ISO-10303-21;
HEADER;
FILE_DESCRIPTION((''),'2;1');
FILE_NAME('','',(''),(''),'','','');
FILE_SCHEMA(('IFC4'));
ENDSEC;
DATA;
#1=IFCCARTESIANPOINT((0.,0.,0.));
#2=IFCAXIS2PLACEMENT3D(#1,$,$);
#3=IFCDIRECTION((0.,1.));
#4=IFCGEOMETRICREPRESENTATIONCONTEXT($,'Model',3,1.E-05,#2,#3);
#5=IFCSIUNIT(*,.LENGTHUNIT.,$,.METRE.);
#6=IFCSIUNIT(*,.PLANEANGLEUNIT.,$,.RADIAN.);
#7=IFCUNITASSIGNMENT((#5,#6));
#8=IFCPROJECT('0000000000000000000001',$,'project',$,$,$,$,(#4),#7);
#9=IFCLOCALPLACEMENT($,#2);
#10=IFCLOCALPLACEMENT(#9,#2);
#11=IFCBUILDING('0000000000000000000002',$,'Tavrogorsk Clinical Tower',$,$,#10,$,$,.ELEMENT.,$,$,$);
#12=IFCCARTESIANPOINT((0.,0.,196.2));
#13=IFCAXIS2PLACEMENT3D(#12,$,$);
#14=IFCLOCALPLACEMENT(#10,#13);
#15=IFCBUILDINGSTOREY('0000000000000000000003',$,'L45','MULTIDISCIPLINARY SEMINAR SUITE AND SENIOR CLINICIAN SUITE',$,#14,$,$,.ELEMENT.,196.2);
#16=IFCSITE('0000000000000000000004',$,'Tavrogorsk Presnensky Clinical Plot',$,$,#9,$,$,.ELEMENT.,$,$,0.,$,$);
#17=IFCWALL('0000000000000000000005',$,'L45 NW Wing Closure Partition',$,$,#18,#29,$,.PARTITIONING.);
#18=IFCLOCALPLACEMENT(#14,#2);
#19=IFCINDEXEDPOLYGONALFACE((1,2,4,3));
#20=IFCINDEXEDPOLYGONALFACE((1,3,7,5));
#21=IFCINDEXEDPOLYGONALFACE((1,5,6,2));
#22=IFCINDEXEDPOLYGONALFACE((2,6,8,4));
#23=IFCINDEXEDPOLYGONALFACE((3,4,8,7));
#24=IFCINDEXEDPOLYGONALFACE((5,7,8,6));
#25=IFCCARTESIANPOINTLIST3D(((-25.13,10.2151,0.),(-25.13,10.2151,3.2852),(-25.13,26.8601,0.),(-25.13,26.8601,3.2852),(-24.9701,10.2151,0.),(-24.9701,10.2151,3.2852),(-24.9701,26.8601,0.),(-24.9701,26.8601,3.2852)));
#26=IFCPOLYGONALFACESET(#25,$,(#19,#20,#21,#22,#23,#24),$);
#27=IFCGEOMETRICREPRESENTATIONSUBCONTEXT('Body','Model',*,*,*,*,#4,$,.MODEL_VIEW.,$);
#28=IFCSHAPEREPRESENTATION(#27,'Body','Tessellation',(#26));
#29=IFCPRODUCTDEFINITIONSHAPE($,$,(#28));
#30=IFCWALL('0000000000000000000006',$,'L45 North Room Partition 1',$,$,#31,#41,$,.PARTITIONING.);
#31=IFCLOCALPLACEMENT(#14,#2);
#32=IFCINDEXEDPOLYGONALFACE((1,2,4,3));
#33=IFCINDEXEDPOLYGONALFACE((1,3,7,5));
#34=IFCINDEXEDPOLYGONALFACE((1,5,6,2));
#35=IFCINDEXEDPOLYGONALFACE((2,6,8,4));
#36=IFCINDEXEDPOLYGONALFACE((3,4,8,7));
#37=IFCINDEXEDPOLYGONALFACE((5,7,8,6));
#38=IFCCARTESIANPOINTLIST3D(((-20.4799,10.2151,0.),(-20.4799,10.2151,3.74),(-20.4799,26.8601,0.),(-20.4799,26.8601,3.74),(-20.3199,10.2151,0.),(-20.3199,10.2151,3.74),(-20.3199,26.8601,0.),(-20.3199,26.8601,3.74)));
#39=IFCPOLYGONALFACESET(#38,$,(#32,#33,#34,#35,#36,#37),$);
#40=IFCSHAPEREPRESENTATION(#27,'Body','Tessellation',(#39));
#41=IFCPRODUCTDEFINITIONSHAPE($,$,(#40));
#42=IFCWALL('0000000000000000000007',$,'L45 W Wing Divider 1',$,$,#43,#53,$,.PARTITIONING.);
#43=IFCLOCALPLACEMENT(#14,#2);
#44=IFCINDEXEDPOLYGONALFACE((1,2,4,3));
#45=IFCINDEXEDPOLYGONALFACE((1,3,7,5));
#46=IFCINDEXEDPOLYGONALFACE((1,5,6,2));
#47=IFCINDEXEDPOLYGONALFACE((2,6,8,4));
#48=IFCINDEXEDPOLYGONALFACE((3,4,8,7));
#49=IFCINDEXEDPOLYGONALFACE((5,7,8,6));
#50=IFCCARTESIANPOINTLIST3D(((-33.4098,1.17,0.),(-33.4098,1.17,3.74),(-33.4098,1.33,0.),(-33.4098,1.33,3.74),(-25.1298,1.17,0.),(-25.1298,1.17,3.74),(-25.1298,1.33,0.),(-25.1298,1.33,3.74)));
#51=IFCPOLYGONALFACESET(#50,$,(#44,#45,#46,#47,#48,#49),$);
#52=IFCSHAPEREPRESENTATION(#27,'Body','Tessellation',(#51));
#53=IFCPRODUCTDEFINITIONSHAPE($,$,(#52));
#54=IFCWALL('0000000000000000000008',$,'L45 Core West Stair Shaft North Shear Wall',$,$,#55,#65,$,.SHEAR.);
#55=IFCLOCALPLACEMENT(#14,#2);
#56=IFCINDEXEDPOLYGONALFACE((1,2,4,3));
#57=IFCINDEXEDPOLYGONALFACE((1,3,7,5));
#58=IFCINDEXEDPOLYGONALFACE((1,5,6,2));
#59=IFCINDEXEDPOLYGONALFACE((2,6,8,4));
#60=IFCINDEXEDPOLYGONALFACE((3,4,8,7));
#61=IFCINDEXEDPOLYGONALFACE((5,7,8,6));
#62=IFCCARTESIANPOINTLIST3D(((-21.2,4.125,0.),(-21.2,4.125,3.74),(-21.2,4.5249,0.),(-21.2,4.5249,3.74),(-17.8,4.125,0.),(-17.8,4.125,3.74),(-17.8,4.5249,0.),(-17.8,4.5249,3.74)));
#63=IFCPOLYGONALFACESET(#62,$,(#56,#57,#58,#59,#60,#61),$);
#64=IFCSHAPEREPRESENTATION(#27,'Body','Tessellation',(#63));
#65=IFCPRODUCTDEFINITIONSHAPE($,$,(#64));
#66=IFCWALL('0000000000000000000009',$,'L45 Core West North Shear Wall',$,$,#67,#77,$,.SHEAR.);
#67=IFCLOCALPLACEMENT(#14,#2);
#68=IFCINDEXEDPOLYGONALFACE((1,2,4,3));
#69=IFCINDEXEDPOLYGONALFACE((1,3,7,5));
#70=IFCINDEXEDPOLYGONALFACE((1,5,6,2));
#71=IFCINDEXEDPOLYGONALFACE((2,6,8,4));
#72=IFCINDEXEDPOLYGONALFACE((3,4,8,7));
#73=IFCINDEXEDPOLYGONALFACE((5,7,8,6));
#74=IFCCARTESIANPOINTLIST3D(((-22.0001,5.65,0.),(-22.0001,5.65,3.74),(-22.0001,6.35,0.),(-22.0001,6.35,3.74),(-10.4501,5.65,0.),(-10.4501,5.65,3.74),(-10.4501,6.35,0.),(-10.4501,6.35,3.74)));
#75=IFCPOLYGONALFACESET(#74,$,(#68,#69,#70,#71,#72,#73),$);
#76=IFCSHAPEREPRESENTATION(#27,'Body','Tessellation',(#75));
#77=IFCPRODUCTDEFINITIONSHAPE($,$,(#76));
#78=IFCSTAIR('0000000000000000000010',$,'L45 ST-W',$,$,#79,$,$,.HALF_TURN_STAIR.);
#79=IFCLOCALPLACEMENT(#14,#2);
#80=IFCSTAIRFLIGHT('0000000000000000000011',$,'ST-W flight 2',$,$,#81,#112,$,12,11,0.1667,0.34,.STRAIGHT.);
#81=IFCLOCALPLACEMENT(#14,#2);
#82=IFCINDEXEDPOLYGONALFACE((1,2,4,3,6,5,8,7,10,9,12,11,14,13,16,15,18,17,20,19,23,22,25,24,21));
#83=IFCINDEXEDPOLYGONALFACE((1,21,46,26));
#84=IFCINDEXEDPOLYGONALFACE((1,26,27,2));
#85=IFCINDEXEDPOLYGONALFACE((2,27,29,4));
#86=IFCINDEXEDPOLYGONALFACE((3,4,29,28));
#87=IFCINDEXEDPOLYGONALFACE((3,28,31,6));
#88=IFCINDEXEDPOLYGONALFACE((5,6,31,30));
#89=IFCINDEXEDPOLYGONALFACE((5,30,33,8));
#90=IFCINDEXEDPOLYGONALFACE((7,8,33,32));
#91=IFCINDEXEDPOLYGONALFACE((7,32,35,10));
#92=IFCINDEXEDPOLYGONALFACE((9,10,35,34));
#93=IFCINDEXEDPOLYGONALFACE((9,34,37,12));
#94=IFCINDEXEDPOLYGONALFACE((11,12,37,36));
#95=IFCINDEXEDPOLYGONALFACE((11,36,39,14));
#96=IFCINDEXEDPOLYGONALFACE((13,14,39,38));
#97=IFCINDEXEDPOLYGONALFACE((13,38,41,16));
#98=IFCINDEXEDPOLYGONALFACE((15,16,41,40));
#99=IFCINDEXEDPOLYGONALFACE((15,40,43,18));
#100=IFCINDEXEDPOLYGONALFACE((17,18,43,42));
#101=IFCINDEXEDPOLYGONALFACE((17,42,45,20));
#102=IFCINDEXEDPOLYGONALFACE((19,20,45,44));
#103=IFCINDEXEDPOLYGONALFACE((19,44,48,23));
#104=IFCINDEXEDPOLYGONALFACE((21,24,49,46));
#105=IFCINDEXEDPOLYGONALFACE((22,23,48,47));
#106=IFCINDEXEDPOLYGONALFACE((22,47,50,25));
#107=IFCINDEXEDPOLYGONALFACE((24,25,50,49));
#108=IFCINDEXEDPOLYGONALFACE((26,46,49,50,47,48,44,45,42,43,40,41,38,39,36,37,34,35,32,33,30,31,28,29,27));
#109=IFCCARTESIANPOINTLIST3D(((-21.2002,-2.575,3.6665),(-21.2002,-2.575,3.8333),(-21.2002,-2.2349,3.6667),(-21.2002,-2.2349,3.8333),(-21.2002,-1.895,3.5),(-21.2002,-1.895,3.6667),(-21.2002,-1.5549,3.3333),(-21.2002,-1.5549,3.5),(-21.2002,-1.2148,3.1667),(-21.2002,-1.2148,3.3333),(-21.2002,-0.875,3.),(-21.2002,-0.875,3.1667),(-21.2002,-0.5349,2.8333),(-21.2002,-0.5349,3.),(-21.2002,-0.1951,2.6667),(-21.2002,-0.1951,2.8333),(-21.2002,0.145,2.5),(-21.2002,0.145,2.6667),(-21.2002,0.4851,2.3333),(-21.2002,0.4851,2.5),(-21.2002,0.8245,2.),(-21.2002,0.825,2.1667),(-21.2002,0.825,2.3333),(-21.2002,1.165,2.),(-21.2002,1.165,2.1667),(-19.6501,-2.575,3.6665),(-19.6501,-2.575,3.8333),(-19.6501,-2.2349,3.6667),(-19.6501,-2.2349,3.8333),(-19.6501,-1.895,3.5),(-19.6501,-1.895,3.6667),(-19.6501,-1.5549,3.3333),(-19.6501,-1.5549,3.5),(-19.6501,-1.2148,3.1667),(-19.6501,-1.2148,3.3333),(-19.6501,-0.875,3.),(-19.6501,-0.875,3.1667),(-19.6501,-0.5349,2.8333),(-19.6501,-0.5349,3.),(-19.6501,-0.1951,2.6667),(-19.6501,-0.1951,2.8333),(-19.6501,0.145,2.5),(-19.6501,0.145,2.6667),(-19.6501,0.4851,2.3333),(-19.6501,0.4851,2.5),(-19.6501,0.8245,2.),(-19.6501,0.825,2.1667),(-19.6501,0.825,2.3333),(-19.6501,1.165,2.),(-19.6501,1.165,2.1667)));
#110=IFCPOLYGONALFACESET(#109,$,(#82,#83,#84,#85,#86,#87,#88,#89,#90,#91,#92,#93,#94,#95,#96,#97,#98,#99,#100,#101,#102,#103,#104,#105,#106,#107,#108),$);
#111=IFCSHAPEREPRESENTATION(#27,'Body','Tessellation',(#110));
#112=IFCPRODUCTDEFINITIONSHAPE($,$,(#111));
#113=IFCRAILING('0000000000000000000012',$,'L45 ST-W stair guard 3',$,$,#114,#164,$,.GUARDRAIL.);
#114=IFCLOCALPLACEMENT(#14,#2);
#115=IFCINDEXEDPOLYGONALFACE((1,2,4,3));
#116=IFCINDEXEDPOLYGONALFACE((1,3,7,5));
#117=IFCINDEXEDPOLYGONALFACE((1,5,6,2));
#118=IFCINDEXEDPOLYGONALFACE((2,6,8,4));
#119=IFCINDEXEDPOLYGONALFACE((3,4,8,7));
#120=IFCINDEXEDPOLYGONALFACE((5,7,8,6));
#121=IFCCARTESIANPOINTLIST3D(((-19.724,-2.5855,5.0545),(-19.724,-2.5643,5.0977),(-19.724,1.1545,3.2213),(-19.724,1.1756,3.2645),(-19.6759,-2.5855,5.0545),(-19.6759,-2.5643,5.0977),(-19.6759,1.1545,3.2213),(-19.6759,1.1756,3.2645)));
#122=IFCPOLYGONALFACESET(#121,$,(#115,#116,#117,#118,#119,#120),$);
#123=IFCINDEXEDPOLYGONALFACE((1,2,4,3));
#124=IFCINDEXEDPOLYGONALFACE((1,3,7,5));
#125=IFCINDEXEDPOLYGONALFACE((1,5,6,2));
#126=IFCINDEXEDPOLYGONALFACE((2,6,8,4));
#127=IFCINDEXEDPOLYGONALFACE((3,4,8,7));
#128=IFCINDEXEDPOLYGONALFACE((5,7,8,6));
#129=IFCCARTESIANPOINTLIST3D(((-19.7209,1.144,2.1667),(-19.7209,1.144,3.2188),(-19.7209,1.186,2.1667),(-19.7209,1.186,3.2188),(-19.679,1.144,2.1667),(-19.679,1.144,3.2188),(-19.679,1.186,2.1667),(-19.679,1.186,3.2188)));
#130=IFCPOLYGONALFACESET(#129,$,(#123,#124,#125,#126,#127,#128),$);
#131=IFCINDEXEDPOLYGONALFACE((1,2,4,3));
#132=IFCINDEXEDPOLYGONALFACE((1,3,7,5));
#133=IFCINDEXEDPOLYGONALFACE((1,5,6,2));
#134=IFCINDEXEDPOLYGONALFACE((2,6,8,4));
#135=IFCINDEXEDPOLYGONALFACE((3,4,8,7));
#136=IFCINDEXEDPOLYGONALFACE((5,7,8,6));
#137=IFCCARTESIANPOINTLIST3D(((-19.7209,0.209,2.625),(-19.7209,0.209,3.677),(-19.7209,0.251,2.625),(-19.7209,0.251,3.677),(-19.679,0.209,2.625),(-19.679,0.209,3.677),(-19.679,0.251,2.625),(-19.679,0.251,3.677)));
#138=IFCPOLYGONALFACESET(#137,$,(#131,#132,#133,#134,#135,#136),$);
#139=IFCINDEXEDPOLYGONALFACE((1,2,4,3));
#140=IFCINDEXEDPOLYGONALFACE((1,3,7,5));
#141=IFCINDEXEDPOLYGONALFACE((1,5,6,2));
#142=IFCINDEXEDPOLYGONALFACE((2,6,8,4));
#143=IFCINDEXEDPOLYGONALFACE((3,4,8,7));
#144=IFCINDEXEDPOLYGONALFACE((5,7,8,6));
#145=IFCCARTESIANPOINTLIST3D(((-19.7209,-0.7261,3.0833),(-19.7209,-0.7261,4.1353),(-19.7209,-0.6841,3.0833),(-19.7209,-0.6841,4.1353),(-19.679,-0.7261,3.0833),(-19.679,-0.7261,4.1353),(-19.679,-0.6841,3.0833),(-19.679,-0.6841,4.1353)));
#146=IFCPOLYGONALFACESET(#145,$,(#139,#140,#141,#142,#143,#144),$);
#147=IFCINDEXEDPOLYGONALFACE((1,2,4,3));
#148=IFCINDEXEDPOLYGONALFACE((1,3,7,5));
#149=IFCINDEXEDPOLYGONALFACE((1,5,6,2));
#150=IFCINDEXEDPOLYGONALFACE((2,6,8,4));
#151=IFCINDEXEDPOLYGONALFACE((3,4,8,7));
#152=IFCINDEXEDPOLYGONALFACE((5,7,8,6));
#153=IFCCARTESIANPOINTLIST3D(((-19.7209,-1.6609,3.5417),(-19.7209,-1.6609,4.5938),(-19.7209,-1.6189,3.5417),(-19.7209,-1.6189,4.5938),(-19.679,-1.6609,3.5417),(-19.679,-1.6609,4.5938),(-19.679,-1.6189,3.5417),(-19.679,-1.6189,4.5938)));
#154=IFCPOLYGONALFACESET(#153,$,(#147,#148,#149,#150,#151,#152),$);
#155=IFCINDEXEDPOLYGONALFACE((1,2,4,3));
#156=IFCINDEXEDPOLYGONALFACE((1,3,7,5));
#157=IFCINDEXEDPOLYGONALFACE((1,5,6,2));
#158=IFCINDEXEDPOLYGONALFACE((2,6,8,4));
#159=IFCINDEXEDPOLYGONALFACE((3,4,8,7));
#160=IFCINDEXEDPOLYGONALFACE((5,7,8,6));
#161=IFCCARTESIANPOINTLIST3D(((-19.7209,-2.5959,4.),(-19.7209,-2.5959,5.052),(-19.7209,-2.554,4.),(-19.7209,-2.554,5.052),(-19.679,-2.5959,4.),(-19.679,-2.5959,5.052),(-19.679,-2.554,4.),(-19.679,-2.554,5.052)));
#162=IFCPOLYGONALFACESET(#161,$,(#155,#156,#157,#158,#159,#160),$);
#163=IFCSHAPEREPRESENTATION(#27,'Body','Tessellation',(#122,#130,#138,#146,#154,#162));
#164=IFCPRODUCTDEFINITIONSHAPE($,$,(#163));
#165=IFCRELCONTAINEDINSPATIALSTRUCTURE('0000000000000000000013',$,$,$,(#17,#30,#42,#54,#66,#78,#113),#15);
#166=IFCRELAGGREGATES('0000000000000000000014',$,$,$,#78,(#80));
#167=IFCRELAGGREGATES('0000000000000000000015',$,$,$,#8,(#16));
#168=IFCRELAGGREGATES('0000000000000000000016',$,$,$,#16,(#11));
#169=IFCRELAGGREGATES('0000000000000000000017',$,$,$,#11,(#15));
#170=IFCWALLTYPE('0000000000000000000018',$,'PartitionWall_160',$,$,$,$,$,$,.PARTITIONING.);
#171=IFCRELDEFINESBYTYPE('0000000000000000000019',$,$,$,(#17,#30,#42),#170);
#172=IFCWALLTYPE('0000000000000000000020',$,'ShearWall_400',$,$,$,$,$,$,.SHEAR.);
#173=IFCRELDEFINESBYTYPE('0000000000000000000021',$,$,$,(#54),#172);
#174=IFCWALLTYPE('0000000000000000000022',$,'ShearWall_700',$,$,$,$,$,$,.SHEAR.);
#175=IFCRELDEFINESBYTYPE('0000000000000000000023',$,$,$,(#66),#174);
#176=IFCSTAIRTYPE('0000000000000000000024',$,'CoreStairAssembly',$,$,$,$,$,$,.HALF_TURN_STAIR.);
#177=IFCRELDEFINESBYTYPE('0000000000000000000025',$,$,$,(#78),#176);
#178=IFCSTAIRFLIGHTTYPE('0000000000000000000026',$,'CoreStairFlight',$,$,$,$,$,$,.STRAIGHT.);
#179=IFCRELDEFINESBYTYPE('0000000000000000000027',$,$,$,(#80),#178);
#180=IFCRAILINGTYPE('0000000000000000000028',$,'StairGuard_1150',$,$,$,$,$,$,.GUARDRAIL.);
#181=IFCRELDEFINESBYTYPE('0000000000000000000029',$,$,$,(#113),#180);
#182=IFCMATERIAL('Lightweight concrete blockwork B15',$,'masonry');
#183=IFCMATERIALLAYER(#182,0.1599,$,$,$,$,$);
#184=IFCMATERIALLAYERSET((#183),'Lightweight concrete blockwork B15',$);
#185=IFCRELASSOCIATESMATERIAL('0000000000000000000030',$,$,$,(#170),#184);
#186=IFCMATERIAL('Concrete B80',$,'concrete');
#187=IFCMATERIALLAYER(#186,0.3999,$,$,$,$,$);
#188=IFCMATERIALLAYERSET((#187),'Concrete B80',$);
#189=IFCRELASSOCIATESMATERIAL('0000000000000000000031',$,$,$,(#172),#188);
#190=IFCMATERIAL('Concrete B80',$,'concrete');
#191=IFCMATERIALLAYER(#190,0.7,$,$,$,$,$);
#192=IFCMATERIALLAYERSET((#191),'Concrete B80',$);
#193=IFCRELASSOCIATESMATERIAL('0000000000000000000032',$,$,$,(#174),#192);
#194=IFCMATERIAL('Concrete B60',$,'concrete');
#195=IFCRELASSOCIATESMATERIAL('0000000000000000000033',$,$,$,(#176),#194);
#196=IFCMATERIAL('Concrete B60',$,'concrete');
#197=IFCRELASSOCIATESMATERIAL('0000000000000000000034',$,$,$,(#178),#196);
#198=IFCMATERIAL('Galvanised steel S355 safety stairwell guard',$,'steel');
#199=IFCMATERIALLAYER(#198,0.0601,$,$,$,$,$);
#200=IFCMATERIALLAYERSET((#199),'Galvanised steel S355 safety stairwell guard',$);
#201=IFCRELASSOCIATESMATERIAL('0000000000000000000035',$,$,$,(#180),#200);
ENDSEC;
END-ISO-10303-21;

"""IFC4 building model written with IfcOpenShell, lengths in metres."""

from ifc_helpers import new_model, si_unit, direction, frame, frame_2d, origin, origin_2d, place, context, subcontext, project, spatial, polyline, rectangle, outline, extrude, material, layer, layer_set, type_object, element, aggregate, save


model = new_model("IFC4")

# Units and contexts
model_context = context("Model", 3, precision=1e-05, world=origin(), true_north=direction((0.0, 1.0)))
body_context = subcontext(model_context, "Body", "Model", "MODEL_VIEW")
ifc_project = project(units=[si_unit("LENGTHUNIT", "METRE"), si_unit("PLANEANGLEUNIT", "RADIAN")], contexts=[model_context])

# Site, building, storey
site_placement = place(None, origin())
site = spatial("IfcSite", under=ifc_project, at=site_placement, Name="Tavrogorsk Presnensky Clinical Plot", CompositionType="ELEMENT", RefElevation=0.0)
building_placement = place(site_placement, origin())
building = spatial("IfcBuilding", under=site, at=building_placement, Name="Tavrogorsk Clinical Tower", CompositionType="ELEMENT")
storey_placement = place(building_placement, frame((0.0, 0.0, 196.2)))
storey = spatial("IfcBuildingStorey", under=building, at=storey_placement, Name="L45", Description="MULTIDISCIPLINARY SEMINAR SUITE AND SENIOR CLINICIAN SUITE", CompositionType="ELEMENT", Elevation=196.2)

# Shared definitions
ifc_material_1 = material(Name="Lightweight concrete blockwork B15", Category="masonry")
ifc_layer_1 = layer(ifc_material_1, 0.1599)
ifc_layer_set_1 = layer_set([ifc_layer_1], Name="Lightweight concrete blockwork B15")
wall_type_1 = type_object("IfcWallType", Name="PartitionWall_160", PredefinedType="PARTITIONING", material=ifc_layer_set_1)

# Walls
wall_1_placement = place(storey_placement, frame((-25.05, 10.2151, 0.0), z_axis=(0.0, 0.0, 1.0), x_axis=(0.0, 1.0, 0.0)))
element("IfcWall", 1, at=wall_1_placement, inside=storey, type_object=wall_type_1, Name="L45 NW Wing Closure Partition", PredefinedType="PARTITIONING", context=body_context, shape_type="SweptSolid", body=[
    extrude(rectangle(XDim=16.645, YDim=0.1599, at=frame_2d((8.3225, 0.0))), origin(), (0.0, 0.0, 1.0), 3.2852),
])
wall_2_placement = place(storey_placement, frame((-20.3999, 10.2151, 0.0), z_axis=(0.0, 0.0, 1.0), x_axis=(0.0, 1.0, 0.0)))
element("IfcWall", 2, at=wall_2_placement, inside=storey, type_object=wall_type_1, Name="L45 North Room Partition 1", PredefinedType="PARTITIONING", context=body_context, shape_type="SweptSolid", body=[
    extrude(rectangle(XDim=16.645, YDim=0.1599, at=frame_2d((8.3225, 0.0))), origin(), (0.0, 0.0, 1.0), 3.74),
])
wall_3_placement = place(storey_placement, frame((-33.4099, 1.25, 0.0), z_axis=(0.0, 0.0, 1.0), x_axis=(1.0, 0.0, 0.0)))
element("IfcWall", 3, at=wall_3_placement, inside=storey, type_object=wall_type_1, Name="L45 W Wing Divider 1", PredefinedType="PARTITIONING", context=body_context, shape_type="SweptSolid", body=[
    extrude(rectangle(XDim=8.28, YDim=0.1599, at=frame_2d((4.1401, 0.0))), origin(), (0.0, 0.0, 1.0), 3.74),
])
ifc_material_2 = material(Name="Concrete B80", Category="concrete")
ifc_layer_2 = layer(ifc_material_2, 0.3999)
ifc_layer_set_2 = layer_set([ifc_layer_2], Name="Concrete B80")
wall_type_2 = type_object("IfcWallType", Name="ShearWall_400", PredefinedType="SHEAR", material=ifc_layer_set_2)
wall_4_placement = place(storey_placement, frame((-21.2, 4.325, 0.0), z_axis=(0.0, 0.0, 1.0), x_axis=(1.0, 0.0, 0.0)))
element("IfcWall", 4, at=wall_4_placement, inside=storey, type_object=wall_type_2, Name="L45 Core West Stair Shaft North Shear Wall", PredefinedType="SHEAR", context=body_context, shape_type="SweptSolid", body=[
    extrude(rectangle(XDim=3.3999, YDim=0.3999, at=frame_2d((1.7, 0.0))), origin(), (0.0, 0.0, 1.0), 3.74),
])
ifc_material_3 = material(Name="Concrete B80", Category="concrete")
ifc_layer_3 = layer(ifc_material_3, 0.7)
ifc_layer_set_3 = layer_set([ifc_layer_3], Name="Concrete B80")
wall_type_3 = type_object("IfcWallType", Name="ShearWall_700", PredefinedType="SHEAR", material=ifc_layer_set_3)
wall_5_placement = place(storey_placement, frame((-22.0, 6.0, 0.0), z_axis=(0.0, 0.0, 1.0), x_axis=(1.0, 0.0, 0.0)))
element("IfcWall", 5, at=wall_5_placement, inside=storey, type_object=wall_type_3, Name="L45 Core West North Shear Wall", PredefinedType="SHEAR", context=body_context, shape_type="SweptSolid", body=[
    extrude(rectangle(XDim=11.55, YDim=0.7, at=frame_2d((5.7749, 0.0))), origin(), (0.0, 0.0, 1.0), 3.74),
])

# Stair, stair flight
ifc_material_4 = material(Name="Concrete B60", Category="concrete")
stair_type = type_object("IfcStairType", Name="CoreStairAssembly", PredefinedType="HALF_TURN_STAIR", material=ifc_material_4)
stair_placement = place(storey_placement, origin())
stair = element("IfcStair", 6, at=stair_placement, inside=storey, type_object=stair_type, Name="L45 ST-W", PredefinedType="HALF_TURN_STAIR")
ifc_material_5 = material(Name="Concrete B60", Category="concrete")
stair_flight_type = type_object("IfcStairFlightType", Name="CoreStairFlight", PredefinedType="STRAIGHT", material=ifc_material_5)
stair_flight_placement = place(storey_placement, frame((-20.425, 1.165, 2.0), z_axis=(0.0, 0.0, 1.0), x_axis=(0.0, -1.0, 0.0)))
stair_flight = element("IfcStairFlight", 7, at=stair_flight_placement, type_object=stair_flight_type, Name="ST-W flight 2", NumberOfRisers=12, NumberOfTreads=11, PredefinedType="STRAIGHT", RiserHeight=0.1667, TreadLength=0.34, context=body_context, shape_type="SweptSolid", body=[
    extrude(outline(polyline([(0.0, 0.0), (0.0, 0.1667), (0.3401, 0.1667), (0.3401, 0.3333), (0.6799, 0.3333), (0.6799, 0.5), (1.02, 0.5), (1.02, 0.6667), (1.3601, 0.6667), (1.3601, 0.8333), (1.7, 0.8333), (1.7, 1.0), (2.04, 1.0), (2.04, 1.1667), (2.3799, 1.1667), (2.3799, 1.3333), (2.72, 1.3333), (2.72, 1.5), (3.0601, 1.5), (3.0601, 1.6667), (3.3999, 1.6667), (3.3999, 1.8333), (3.74, 1.8333), (3.74, 2.0), (3.74, 1.6665), (0.3406, 0.0), (0.0, 0.0)])), frame((0.0, 0.7749, 0.0), z_axis=(0.0, -1.0, 0.0), x_axis=(1.0, 0.0, 0.0)), (0.0, 0.0, 1.0), 1.55),
])
aggregate(stair, [stair_flight])

# Railing
ifc_material_6 = material(Name="Galvanised steel S355 safety stairwell guard", Category="steel")
ifc_layer_4 = layer(ifc_material_6, 0.0601)
ifc_layer_set_4 = layer_set([ifc_layer_4], Name="Galvanised steel S355 safety stairwell guard")
railing_type_1 = type_object("IfcRailingType", Name="StairGuard_1150", PredefinedType="GUARDRAIL", material=ifc_layer_set_4)
railing_1_placement = place(storey_placement, frame((-19.7, 1.165, 2.1667)))
element("IfcRailing", 8, at=railing_1_placement, inside=storey, type_object=railing_type_1, Name="L45 ST-W stair guard 3", PredefinedType="GUARDRAIL", context=body_context, shape_type="SweptSolid", body=[
    extrude(rectangle(XDim=0.0481, YDim=0.0481, at=origin_2d()), frame((0.0, 0.0, 1.0762), z_axis=(0.0, -0.897928, 0.440142), x_axis=(1.0, 0.0, 0.0)), (0.0, 0.0, 1.0), 4.165),
    extrude(rectangle(XDim=0.042, YDim=0.042, at=origin_2d()), origin(), (0.0, 0.0, 1.0), 1.052),
    extrude(rectangle(XDim=0.042, YDim=0.042, at=origin_2d()), frame((0.0, -0.9351, 0.4583)), (0.0, 0.0, 1.0), 1.052),
    extrude(rectangle(XDim=0.042, YDim=0.042, at=origin_2d()), frame((0.0, -1.8701, 0.9165)), (0.0, 0.0, 1.0), 1.052),
    extrude(rectangle(XDim=0.042, YDim=0.042, at=origin_2d()), frame((0.0, -2.8049, 1.375)), (0.0, 0.0, 1.0), 1.052),
    extrude(rectangle(XDim=0.042, YDim=0.042, at=origin_2d()), frame((0.0, -3.74, 1.8333)), (0.0, 0.0, 1.0), 1.052),
])

save(model, "model.ifc")
